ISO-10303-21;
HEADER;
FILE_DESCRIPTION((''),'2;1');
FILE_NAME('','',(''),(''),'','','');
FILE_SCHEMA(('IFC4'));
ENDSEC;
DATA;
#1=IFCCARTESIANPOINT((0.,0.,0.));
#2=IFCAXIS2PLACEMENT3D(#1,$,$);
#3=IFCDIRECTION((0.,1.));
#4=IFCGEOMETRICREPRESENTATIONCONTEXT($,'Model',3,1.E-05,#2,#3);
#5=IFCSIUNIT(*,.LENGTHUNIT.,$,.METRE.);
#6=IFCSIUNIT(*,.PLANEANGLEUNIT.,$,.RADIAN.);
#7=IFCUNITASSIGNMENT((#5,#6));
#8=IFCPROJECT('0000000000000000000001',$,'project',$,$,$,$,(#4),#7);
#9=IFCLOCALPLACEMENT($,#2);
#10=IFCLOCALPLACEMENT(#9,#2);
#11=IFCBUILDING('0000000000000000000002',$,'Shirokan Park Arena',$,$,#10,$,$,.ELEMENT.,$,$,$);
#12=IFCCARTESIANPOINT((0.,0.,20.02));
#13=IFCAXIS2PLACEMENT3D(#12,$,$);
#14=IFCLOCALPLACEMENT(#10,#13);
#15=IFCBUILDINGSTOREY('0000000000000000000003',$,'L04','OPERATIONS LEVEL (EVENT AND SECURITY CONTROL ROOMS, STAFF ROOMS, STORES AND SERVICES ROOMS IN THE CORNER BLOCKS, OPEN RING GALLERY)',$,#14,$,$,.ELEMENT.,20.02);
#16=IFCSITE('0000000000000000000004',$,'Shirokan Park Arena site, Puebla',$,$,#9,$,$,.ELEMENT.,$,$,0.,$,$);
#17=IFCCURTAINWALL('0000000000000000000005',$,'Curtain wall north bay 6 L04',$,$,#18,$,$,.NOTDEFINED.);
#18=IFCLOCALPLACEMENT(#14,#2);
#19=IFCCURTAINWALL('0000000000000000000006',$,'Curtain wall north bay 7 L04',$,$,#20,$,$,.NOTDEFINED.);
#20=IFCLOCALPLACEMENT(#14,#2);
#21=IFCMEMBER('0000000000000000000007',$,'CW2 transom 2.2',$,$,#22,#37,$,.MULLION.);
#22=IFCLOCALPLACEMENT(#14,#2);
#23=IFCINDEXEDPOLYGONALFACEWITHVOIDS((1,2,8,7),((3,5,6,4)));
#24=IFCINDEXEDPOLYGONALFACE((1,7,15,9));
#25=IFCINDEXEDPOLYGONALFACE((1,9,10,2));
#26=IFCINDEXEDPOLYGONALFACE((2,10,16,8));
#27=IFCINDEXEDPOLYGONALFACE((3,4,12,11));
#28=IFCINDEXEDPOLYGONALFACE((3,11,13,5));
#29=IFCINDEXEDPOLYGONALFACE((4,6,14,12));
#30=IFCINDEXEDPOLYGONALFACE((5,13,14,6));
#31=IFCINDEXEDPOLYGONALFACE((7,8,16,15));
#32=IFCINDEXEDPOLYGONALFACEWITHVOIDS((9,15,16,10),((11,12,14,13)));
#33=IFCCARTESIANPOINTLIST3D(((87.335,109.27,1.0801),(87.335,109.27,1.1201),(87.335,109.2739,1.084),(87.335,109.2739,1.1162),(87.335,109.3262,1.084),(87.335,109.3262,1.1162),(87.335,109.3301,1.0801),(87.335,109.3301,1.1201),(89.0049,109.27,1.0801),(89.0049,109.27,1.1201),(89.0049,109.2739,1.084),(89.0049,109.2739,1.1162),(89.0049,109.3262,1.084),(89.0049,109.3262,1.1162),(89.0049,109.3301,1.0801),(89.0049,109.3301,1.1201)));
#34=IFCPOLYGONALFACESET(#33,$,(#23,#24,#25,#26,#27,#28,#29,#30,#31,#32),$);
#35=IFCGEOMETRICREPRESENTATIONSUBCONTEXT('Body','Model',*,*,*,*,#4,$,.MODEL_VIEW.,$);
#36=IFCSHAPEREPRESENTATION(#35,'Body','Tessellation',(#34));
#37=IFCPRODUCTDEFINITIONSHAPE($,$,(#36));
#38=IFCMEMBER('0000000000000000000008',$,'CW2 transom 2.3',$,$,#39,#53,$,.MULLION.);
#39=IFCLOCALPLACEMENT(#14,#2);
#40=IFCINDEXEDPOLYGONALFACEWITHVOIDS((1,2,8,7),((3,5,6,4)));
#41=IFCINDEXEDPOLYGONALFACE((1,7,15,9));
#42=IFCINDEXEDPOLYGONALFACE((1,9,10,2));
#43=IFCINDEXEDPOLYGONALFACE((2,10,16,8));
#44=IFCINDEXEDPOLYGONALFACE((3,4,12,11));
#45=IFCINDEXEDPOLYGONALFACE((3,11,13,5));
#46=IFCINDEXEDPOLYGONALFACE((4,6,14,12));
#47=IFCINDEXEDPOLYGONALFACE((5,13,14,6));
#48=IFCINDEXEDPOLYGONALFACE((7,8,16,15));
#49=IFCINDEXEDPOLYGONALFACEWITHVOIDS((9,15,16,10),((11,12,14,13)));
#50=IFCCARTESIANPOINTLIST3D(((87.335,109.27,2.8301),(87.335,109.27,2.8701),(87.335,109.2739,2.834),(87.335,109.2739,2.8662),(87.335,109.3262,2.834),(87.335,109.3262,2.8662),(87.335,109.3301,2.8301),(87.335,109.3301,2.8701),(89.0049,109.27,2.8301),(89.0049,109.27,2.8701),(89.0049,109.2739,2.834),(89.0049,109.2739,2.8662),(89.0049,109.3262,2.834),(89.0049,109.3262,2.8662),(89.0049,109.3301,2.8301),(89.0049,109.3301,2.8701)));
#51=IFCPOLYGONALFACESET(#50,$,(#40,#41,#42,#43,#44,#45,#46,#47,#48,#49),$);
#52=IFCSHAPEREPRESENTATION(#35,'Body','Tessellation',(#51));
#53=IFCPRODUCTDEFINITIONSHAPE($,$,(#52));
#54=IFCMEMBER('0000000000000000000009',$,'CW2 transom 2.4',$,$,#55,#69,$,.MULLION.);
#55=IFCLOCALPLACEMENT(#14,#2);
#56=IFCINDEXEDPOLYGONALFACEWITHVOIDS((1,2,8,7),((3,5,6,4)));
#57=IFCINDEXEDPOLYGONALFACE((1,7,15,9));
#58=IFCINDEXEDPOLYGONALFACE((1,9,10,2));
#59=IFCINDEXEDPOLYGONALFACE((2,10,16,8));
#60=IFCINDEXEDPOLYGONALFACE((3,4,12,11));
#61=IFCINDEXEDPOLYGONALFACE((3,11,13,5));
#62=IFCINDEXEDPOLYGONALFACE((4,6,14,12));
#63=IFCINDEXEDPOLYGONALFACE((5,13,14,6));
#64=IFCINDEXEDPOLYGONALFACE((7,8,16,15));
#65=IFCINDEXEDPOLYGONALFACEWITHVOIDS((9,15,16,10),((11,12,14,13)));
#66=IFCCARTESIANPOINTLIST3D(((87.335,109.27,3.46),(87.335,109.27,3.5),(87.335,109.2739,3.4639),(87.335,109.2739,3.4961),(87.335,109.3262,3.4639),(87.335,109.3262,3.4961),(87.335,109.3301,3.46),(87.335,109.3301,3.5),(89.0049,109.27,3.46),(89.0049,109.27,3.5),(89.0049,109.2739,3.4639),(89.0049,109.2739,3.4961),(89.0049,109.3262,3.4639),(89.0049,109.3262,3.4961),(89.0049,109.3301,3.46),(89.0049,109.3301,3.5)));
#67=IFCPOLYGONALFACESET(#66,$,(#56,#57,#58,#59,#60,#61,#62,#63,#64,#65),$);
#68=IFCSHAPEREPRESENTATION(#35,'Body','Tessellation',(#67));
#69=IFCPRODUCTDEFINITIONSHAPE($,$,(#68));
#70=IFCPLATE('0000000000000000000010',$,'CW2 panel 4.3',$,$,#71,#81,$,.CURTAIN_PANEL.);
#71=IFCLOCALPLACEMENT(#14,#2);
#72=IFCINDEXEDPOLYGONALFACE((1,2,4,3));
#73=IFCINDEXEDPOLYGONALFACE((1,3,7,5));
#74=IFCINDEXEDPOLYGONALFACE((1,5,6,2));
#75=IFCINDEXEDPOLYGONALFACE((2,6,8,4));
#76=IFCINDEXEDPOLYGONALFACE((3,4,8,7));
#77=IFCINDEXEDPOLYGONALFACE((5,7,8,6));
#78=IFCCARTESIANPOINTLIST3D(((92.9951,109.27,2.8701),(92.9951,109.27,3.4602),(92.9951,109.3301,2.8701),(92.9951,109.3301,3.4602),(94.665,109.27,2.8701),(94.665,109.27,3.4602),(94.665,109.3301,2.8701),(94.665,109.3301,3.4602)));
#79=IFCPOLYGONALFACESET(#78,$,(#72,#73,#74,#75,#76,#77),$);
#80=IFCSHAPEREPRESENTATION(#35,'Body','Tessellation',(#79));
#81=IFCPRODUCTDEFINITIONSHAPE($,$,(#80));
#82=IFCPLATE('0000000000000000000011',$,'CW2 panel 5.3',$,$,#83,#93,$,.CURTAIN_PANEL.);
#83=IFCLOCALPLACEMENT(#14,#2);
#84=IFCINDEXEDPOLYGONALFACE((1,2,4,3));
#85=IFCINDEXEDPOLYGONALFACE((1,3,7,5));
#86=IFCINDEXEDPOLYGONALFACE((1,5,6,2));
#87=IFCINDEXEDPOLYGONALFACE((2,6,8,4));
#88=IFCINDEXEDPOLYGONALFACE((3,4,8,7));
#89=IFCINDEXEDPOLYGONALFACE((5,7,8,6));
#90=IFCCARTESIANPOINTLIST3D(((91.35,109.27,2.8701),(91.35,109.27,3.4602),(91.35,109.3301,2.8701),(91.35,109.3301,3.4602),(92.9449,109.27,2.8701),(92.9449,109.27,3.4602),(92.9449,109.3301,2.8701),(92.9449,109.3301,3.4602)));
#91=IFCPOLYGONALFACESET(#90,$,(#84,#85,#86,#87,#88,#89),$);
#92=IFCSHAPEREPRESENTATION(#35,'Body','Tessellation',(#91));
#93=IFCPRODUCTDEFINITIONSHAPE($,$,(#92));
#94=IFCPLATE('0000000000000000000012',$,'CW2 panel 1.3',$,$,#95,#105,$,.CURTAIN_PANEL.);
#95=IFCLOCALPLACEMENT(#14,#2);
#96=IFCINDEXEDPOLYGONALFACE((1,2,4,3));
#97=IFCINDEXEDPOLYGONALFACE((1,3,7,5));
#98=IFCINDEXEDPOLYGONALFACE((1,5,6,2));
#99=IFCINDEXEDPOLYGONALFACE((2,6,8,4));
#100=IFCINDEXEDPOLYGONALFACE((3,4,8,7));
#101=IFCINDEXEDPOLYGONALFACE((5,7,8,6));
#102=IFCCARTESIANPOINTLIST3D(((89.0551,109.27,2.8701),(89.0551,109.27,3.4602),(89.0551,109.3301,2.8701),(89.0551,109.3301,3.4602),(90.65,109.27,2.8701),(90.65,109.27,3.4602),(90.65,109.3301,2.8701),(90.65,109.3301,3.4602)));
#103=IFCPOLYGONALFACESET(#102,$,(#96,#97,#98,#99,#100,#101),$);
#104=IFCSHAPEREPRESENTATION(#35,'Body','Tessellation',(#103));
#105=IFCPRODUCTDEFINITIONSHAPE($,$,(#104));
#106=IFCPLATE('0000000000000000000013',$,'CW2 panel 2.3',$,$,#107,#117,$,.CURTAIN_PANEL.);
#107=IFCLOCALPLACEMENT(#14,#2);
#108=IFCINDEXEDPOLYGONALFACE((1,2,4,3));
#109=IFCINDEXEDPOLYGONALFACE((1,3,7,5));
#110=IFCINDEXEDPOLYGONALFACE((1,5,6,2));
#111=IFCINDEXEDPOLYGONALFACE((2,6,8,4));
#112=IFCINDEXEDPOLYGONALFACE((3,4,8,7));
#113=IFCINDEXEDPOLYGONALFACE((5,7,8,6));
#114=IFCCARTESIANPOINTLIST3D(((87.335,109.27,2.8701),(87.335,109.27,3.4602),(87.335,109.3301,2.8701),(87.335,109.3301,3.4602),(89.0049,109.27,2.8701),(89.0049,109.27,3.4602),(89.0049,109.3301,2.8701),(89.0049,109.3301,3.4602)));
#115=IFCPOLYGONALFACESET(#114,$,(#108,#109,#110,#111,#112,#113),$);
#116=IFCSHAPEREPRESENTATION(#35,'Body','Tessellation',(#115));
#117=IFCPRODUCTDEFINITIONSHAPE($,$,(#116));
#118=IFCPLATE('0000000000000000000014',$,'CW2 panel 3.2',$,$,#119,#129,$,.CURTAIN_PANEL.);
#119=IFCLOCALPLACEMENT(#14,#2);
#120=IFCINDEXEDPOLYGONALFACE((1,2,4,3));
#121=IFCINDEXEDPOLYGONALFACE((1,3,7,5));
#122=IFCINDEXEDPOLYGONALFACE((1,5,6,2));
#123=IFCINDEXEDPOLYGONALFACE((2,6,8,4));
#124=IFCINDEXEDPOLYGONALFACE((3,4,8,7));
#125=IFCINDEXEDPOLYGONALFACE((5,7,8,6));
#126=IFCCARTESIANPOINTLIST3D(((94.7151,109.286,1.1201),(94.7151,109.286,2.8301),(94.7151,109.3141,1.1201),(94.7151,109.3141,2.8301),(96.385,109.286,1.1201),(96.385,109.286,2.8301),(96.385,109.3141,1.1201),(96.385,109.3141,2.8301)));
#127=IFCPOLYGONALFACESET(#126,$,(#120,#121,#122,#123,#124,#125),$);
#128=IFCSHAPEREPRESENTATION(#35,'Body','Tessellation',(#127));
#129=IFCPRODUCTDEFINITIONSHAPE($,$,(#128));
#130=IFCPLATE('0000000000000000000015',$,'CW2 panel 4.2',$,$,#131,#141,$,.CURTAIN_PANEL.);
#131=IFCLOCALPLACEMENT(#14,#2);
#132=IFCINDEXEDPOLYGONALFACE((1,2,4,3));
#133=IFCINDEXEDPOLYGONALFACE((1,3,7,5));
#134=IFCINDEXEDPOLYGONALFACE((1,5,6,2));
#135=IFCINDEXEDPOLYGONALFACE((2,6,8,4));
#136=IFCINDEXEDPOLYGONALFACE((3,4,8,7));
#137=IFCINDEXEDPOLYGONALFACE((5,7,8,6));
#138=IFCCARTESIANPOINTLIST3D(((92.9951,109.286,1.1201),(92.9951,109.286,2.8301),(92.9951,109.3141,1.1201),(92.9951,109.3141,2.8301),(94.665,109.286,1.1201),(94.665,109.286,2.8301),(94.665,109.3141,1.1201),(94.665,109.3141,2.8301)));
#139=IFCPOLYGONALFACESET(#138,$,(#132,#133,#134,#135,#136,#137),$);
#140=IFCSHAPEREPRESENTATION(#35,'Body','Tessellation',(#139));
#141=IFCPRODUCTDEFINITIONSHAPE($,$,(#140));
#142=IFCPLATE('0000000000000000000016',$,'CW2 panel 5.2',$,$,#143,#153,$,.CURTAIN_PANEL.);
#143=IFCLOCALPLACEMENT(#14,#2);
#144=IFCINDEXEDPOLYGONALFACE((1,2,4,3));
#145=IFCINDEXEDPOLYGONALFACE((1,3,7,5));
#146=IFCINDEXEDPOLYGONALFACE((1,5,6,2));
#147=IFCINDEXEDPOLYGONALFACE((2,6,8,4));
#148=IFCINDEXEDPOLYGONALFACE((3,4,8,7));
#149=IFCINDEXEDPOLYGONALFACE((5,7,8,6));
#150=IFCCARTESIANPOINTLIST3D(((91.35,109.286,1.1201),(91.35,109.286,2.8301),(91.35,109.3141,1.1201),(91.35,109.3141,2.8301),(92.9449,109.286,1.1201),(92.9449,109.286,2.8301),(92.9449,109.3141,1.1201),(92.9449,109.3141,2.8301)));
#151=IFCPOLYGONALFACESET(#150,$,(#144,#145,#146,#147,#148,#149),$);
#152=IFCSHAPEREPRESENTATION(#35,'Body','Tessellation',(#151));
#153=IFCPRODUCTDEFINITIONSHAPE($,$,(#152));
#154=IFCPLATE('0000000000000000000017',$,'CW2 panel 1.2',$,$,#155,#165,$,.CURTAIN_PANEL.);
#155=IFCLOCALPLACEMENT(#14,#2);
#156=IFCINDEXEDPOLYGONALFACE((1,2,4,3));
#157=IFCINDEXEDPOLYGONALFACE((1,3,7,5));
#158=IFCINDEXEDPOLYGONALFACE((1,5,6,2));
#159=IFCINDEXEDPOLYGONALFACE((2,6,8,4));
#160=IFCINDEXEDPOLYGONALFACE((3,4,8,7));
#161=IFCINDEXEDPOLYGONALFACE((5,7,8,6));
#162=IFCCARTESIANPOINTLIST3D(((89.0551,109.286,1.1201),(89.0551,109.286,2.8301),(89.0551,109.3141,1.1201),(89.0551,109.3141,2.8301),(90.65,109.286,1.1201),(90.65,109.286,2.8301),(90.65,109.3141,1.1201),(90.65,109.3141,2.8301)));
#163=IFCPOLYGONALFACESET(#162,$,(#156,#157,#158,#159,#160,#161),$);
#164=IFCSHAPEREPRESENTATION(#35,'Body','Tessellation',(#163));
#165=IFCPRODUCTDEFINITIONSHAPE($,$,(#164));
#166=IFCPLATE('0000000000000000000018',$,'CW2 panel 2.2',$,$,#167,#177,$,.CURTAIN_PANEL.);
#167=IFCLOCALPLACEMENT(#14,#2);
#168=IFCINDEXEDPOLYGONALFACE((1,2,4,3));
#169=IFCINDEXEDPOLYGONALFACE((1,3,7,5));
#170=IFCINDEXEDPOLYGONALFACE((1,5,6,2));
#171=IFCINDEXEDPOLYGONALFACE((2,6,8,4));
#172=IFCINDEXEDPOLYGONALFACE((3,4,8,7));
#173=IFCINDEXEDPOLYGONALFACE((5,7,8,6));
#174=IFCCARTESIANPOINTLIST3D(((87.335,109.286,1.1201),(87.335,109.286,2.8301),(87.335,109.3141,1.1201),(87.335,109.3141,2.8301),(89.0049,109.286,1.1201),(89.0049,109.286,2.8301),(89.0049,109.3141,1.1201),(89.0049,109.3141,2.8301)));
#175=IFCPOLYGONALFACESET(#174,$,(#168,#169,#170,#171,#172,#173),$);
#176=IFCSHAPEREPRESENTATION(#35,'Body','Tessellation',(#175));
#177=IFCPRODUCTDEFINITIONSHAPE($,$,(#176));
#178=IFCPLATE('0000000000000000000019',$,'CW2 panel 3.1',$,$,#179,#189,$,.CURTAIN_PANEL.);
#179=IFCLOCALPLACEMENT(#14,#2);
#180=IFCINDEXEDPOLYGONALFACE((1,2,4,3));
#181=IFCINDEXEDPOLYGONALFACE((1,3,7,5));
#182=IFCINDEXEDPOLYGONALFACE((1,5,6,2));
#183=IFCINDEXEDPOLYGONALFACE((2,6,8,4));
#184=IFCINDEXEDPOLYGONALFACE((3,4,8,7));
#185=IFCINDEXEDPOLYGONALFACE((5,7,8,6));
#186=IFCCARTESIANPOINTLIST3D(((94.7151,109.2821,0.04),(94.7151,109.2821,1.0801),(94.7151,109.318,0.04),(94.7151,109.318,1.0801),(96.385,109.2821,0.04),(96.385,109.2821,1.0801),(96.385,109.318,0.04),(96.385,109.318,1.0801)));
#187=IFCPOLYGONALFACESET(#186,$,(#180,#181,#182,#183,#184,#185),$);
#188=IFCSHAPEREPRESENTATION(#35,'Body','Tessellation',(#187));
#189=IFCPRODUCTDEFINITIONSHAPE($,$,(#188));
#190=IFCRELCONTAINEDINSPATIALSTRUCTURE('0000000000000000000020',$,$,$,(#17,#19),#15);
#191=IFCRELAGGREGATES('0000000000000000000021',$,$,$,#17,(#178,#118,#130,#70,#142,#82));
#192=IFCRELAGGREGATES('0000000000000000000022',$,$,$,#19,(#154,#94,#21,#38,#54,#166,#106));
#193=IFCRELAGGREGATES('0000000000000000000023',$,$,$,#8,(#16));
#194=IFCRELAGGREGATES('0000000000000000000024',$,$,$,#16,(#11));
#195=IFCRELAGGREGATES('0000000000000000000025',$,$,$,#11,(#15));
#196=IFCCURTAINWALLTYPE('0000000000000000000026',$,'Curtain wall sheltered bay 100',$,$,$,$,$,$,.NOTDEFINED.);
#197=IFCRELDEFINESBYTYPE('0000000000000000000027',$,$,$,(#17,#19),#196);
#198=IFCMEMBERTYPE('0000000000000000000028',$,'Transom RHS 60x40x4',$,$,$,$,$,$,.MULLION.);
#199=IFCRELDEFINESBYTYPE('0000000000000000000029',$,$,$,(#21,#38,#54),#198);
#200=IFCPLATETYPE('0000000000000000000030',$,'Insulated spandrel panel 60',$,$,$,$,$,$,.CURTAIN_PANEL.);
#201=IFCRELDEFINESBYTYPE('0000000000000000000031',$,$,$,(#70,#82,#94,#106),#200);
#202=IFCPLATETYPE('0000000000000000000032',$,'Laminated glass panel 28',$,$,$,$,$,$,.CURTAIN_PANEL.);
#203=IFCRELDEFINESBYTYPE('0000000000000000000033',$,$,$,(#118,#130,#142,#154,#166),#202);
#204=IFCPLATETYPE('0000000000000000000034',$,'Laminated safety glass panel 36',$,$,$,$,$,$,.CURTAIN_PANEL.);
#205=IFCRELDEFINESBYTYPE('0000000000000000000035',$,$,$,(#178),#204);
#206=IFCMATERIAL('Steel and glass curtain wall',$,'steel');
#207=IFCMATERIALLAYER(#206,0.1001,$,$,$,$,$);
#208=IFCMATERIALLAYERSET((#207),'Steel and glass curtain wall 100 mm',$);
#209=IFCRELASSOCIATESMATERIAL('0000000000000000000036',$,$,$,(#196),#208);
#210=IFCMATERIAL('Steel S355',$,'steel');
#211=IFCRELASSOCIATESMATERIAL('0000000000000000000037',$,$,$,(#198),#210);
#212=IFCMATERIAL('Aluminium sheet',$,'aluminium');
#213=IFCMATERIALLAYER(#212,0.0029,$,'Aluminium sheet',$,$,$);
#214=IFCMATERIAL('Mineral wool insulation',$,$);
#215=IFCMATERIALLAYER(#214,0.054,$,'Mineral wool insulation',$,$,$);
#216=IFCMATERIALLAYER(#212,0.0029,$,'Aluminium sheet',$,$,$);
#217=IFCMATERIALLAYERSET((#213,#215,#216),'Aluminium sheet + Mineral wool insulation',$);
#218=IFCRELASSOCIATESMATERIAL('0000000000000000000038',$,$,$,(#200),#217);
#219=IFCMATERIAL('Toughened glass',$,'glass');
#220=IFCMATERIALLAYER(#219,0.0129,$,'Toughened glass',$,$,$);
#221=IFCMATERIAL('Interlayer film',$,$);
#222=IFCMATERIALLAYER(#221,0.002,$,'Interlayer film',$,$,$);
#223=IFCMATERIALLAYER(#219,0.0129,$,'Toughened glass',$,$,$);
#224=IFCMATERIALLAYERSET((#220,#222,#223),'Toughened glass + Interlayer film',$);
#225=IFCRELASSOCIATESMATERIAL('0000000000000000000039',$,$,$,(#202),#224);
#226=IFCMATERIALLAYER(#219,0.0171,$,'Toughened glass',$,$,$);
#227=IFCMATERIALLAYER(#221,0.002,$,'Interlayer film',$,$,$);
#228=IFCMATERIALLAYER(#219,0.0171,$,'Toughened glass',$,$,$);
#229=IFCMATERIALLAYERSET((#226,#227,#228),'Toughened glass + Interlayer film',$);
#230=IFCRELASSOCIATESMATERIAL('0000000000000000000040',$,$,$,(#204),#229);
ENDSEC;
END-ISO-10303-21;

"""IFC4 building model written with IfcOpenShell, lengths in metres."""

from ifc_helpers import new_model, si_unit, direction, frame, origin, origin_2d, place, context, subcontext, project, spatial, rectangle, hollow_rectangle, extrude, material, layer, layer_set, material_profile, profile_set, type_object, element, aggregate, save


model = new_model("IFC4")

# Units and contexts
model_context = context("Model", 3, precision=1e-05, world=origin(), true_north=direction((0.0, 1.0)))
body_context = subcontext(model_context, "Body", "Model", "MODEL_VIEW")
ifc_project = project(units=[si_unit("LENGTHUNIT", "METRE"), si_unit("PLANEANGLEUNIT", "RADIAN")], contexts=[model_context])

# Site, building, storey
site_placement = place(None, origin())
site = spatial("IfcSite", under=ifc_project, at=site_placement, Name="Shirokan Park Arena site, Puebla", CompositionType="ELEMENT", RefElevation=0.0)
building_placement = place(site_placement, origin())
building = spatial("IfcBuilding", under=site, at=building_placement, Name="Shirokan Park Arena", CompositionType="ELEMENT")
storey_placement = place(building_placement, frame((0.0, 0.0, 20.02)))
storey = spatial("IfcBuildingStorey", under=building, at=storey_placement, Name="L04", Description="OPERATIONS LEVEL (EVENT AND SECURITY CONTROL ROOMS, STAFF ROOMS, STORES AND SERVICES ROOMS IN THE CORNER BLOCKS, OPEN RING GALLERY)", CompositionType="ELEMENT", Elevation=20.02)

# Curtain walls
ifc_material_1 = material(Name="Steel and glass curtain wall", Category="steel")
ifc_layer_1 = layer(ifc_material_1, 0.1001)
ifc_layer_set_1 = layer_set([ifc_layer_1], Name="Steel and glass curtain wall 100 mm")
curtain_wall_type = type_object("IfcCurtainWallType", Name="Curtain wall sheltered bay 100", PredefinedType="NOTDEFINED", material=ifc_layer_set_1)
curtain_wall_1_placement = place(storey_placement, origin())
curtain_wall_1 = element("IfcCurtainWall", 1, at=curtain_wall_1_placement, inside=storey, type_object=curtain_wall_type, Name="Curtain wall north bay 6 L04", PredefinedType="NOTDEFINED")
ifc_material_2 = material(Name="Steel S355", Category="steel")
curtain_wall_2_placement = place(storey_placement, origin())
curtain_wall_2 = element("IfcCurtainWall", 2, at=curtain_wall_2_placement, inside=storey, type_object=curtain_wall_type, Name="Curtain wall north bay 7 L04", PredefinedType="NOTDEFINED")

# Members
ifc_material_profile_1 = material_profile(ifc_material_2, hollow_rectangle(XDim=0.0601, YDim=0.04, WallThickness=0.0039, at=origin_2d()), Name="RHS 60x40x4")
ifc_profile_set_1 = profile_set([ifc_material_profile_1], Name="Steel S355")
member_type_1 = type_object("IfcMemberType", Name="Transom RHS 60x40x4", PredefinedType="MULLION", material=ifc_profile_set_1)
member_1_placement = place(storey_placement, frame((89.0049, 109.3, 1.1001), z_axis=(-1.0, 0.0, 0.0), x_axis=(0.0, -1.0, 0.0)))
member_1 = element("IfcMember", 3, at=member_1_placement, type_object=member_type_1, Name="CW2 transom 2.2", PredefinedType="MULLION", context=body_context, shape_type="SweptSolid", body=[
    extrude(hollow_rectangle(XDim=0.0601, YDim=0.04, WallThickness=0.0039, at=origin_2d()), origin(), (0.0, 0.0, 1.0), 1.6699),
])
member_2_placement = place(storey_placement, frame((89.0049, 109.3, 2.8501), z_axis=(-1.0, 0.0, 0.0), x_axis=(0.0, -1.0, 0.0)))
member_2 = element("IfcMember", 4, at=member_2_placement, type_object=member_type_1, Name="CW2 transom 2.3", PredefinedType="MULLION", context=body_context, shape_type="SweptSolid", body=[
    extrude(hollow_rectangle(XDim=0.0601, YDim=0.04, WallThickness=0.0039, at=origin_2d()), origin(), (0.0, 0.0, 1.0), 1.6699),
])
member_3_placement = place(storey_placement, frame((89.0049, 109.3, 3.48), z_axis=(-1.0, 0.0, 0.0), x_axis=(0.0, -1.0, 0.0)))
member_3 = element("IfcMember", 5, at=member_3_placement, type_object=member_type_1, Name="CW2 transom 2.4", PredefinedType="MULLION", context=body_context, shape_type="SweptSolid", body=[
    extrude(hollow_rectangle(XDim=0.0601, YDim=0.04, WallThickness=0.0039, at=origin_2d()), origin(), (0.0, 0.0, 1.0), 1.6699),
])

# Plates
ifc_material_3 = material(Name="Aluminium sheet", Category="aluminium")
ifc_layer_2 = layer(ifc_material_3, 0.0029, Name="Aluminium sheet")
ifc_material_4 = material(Name="Mineral wool insulation")
ifc_layer_3 = layer(ifc_material_4, 0.054, Name="Mineral wool insulation")
ifc_layer_4 = layer(ifc_material_3, 0.0029, Name="Aluminium sheet")
ifc_layer_set_2 = layer_set([ifc_layer_2, ifc_layer_3, ifc_layer_4], Name="Aluminium sheet + Mineral wool insulation")
plate_type_1 = type_object("IfcPlateType", Name="Insulated spandrel panel 60", PredefinedType="CURTAIN_PANEL", material=ifc_layer_set_2)
plate_1_placement = place(storey_placement, frame((93.8301, 109.3, 2.8701), z_axis=(0.0, 0.0, 1.0), x_axis=(-1.0, 0.0, 0.0)))
plate_1 = element("IfcPlate", 6, at=plate_1_placement, type_object=plate_type_1, Name="CW2 panel 4.3", PredefinedType="CURTAIN_PANEL", context=body_context, shape_type="SweptSolid", body=[
    extrude(rectangle(XDim=1.6699, YDim=0.0601, at=origin_2d()), origin(), (0.0, 0.0, 1.0), 0.5901),
])
plate_2_placement = place(storey_placement, frame((92.1475, 109.3, 2.8701), z_axis=(0.0, 0.0, 1.0), x_axis=(-1.0, 0.0, 0.0)))
plate_2 = element("IfcPlate", 7, at=plate_2_placement, type_object=plate_type_1, Name="CW2 panel 5.3", PredefinedType="CURTAIN_PANEL", context=body_context, shape_type="SweptSolid", body=[
    extrude(rectangle(XDim=1.595, YDim=0.0601, at=origin_2d()), origin(), (0.0, 0.0, 1.0), 0.5901),
])
plate_3_placement = place(storey_placement, frame((89.8525, 109.3, 2.8701), z_axis=(0.0, 0.0, 1.0), x_axis=(-1.0, 0.0, 0.0)))
plate_3 = element("IfcPlate", 8, at=plate_3_placement, type_object=plate_type_1, Name="CW2 panel 1.3", PredefinedType="CURTAIN_PANEL", context=body_context, shape_type="SweptSolid", body=[
    extrude(rectangle(XDim=1.595, YDim=0.0601, at=origin_2d()), origin(), (0.0, 0.0, 1.0), 0.5901),
])
plate_4_placement = place(storey_placement, frame((88.1699, 109.3, 2.8701), z_axis=(0.0, 0.0, 1.0), x_axis=(-1.0, 0.0, 0.0)))
plate_4 = element("IfcPlate", 9, at=plate_4_placement, type_object=plate_type_1, Name="CW2 panel 2.3", PredefinedType="CURTAIN_PANEL", context=body_context, shape_type="SweptSolid", body=[
    extrude(rectangle(XDim=1.6699, YDim=0.0601, at=origin_2d()), origin(), (0.0, 0.0, 1.0), 0.5901),
])
ifc_material_5 = material(Name="Toughened glass", Category="glass")
ifc_layer_5 = layer(ifc_material_5, 0.0129, Name="Toughened glass")
ifc_material_6 = material(Name="Interlayer film")
ifc_layer_6 = layer(ifc_material_6, 0.002, Name="Interlayer film")
ifc_layer_7 = layer(ifc_material_5, 0.0129, Name="Toughened glass")
ifc_layer_set_3 = layer_set([ifc_layer_5, ifc_layer_6, ifc_layer_7], Name="Toughened glass + Interlayer film")
plate_type_2 = type_object("IfcPlateType", Name="Laminated glass panel 28", PredefinedType="CURTAIN_PANEL", material=ifc_layer_set_3)
plate_5_placement = place(storey_placement, frame((95.55, 109.3, 1.1201), z_axis=(0.0, 0.0, 1.0), x_axis=(-1.0, 0.0, 0.0)))
plate_5 = element("IfcPlate", 10, at=plate_5_placement, type_object=plate_type_2, Name="CW2 panel 3.2", PredefinedType="CURTAIN_PANEL", context=body_context, shape_type="SweptSolid", body=[
    extrude(rectangle(XDim=1.6699, YDim=0.0281, at=origin_2d()), origin(), (0.0, 0.0, 1.0), 1.71),
])
plate_6_placement = place(storey_placement, frame((93.8301, 109.3, 1.1201), z_axis=(0.0, 0.0, 1.0), x_axis=(-1.0, 0.0, 0.0)))
plate_6 = element("IfcPlate", 11, at=plate_6_placement, type_object=plate_type_2, Name="CW2 panel 4.2", PredefinedType="CURTAIN_PANEL", context=body_context, shape_type="SweptSolid", body=[
    extrude(rectangle(XDim=1.6699, YDim=0.0281, at=origin_2d()), origin(), (0.0, 0.0, 1.0), 1.71),
])
plate_7_placement = place(storey_placement, frame((92.1475, 109.3, 1.1201), z_axis=(0.0, 0.0, 1.0), x_axis=(-1.0, 0.0, 0.0)))
plate_7 = element("IfcPlate", 12, at=plate_7_placement, type_object=plate_type_2, Name="CW2 panel 5.2", PredefinedType="CURTAIN_PANEL", context=body_context, shape_type="SweptSolid", body=[
    extrude(rectangle(XDim=1.595, YDim=0.0281, at=origin_2d()), origin(), (0.0, 0.0, 1.0), 1.71),
])
plate_8_placement = place(storey_placement, frame((89.8525, 109.3, 1.1201), z_axis=(0.0, 0.0, 1.0), x_axis=(-1.0, 0.0, 0.0)))
plate_8 = element("IfcPlate", 13, at=plate_8_placement, type_object=plate_type_2, Name="CW2 panel 1.2", PredefinedType="CURTAIN_PANEL", context=body_context, shape_type="SweptSolid", body=[
    extrude(rectangle(XDim=1.595, YDim=0.0281, at=origin_2d()), origin(), (0.0, 0.0, 1.0), 1.71),
])
plate_9_placement = place(storey_placement, frame((88.1699, 109.3, 1.1201), z_axis=(0.0, 0.0, 1.0), x_axis=(-1.0, 0.0, 0.0)))
plate_9 = element("IfcPlate", 14, at=plate_9_placement, type_object=plate_type_2, Name="CW2 panel 2.2", PredefinedType="CURTAIN_PANEL", context=body_context, shape_type="SweptSolid", body=[
    extrude(rectangle(XDim=1.6699, YDim=0.0281, at=origin_2d()), origin(), (0.0, 0.0, 1.0), 1.71),
])
ifc_layer_8 = layer(ifc_material_5, 0.0171, Name="Toughened glass")
ifc_layer_9 = layer(ifc_material_6, 0.002, Name="Interlayer film")
ifc_layer_10 = layer(ifc_material_5, 0.0171, Name="Toughened glass")
ifc_layer_set_4 = layer_set([ifc_layer_8, ifc_layer_9, ifc_layer_10], Name="Toughened glass + Interlayer film")
plate_type_3 = type_object("IfcPlateType", Name="Laminated safety glass panel 36", PredefinedType="CURTAIN_PANEL", material=ifc_layer_set_4)
plate_10_placement = place(storey_placement, frame((95.55, 109.3, 0.04), z_axis=(0.0, 0.0, 1.0), x_axis=(-1.0, 0.0, 0.0)))
plate_10 = element("IfcPlate", 15, at=plate_10_placement, type_object=plate_type_3, Name="CW2 panel 3.1", PredefinedType="CURTAIN_PANEL", context=body_context, shape_type="SweptSolid", body=[
    extrude(rectangle(XDim=1.6699, YDim=0.0359, at=origin_2d()), origin(), (0.0, 0.0, 1.0), 1.04),
])
aggregate(curtain_wall_1, [plate_10, plate_5, plate_6, plate_1, plate_7, plate_2])
aggregate(curtain_wall_2, [plate_8, plate_3, member_1, member_2, member_3, plate_9, plate_4])

save(model, "model.ifc")
